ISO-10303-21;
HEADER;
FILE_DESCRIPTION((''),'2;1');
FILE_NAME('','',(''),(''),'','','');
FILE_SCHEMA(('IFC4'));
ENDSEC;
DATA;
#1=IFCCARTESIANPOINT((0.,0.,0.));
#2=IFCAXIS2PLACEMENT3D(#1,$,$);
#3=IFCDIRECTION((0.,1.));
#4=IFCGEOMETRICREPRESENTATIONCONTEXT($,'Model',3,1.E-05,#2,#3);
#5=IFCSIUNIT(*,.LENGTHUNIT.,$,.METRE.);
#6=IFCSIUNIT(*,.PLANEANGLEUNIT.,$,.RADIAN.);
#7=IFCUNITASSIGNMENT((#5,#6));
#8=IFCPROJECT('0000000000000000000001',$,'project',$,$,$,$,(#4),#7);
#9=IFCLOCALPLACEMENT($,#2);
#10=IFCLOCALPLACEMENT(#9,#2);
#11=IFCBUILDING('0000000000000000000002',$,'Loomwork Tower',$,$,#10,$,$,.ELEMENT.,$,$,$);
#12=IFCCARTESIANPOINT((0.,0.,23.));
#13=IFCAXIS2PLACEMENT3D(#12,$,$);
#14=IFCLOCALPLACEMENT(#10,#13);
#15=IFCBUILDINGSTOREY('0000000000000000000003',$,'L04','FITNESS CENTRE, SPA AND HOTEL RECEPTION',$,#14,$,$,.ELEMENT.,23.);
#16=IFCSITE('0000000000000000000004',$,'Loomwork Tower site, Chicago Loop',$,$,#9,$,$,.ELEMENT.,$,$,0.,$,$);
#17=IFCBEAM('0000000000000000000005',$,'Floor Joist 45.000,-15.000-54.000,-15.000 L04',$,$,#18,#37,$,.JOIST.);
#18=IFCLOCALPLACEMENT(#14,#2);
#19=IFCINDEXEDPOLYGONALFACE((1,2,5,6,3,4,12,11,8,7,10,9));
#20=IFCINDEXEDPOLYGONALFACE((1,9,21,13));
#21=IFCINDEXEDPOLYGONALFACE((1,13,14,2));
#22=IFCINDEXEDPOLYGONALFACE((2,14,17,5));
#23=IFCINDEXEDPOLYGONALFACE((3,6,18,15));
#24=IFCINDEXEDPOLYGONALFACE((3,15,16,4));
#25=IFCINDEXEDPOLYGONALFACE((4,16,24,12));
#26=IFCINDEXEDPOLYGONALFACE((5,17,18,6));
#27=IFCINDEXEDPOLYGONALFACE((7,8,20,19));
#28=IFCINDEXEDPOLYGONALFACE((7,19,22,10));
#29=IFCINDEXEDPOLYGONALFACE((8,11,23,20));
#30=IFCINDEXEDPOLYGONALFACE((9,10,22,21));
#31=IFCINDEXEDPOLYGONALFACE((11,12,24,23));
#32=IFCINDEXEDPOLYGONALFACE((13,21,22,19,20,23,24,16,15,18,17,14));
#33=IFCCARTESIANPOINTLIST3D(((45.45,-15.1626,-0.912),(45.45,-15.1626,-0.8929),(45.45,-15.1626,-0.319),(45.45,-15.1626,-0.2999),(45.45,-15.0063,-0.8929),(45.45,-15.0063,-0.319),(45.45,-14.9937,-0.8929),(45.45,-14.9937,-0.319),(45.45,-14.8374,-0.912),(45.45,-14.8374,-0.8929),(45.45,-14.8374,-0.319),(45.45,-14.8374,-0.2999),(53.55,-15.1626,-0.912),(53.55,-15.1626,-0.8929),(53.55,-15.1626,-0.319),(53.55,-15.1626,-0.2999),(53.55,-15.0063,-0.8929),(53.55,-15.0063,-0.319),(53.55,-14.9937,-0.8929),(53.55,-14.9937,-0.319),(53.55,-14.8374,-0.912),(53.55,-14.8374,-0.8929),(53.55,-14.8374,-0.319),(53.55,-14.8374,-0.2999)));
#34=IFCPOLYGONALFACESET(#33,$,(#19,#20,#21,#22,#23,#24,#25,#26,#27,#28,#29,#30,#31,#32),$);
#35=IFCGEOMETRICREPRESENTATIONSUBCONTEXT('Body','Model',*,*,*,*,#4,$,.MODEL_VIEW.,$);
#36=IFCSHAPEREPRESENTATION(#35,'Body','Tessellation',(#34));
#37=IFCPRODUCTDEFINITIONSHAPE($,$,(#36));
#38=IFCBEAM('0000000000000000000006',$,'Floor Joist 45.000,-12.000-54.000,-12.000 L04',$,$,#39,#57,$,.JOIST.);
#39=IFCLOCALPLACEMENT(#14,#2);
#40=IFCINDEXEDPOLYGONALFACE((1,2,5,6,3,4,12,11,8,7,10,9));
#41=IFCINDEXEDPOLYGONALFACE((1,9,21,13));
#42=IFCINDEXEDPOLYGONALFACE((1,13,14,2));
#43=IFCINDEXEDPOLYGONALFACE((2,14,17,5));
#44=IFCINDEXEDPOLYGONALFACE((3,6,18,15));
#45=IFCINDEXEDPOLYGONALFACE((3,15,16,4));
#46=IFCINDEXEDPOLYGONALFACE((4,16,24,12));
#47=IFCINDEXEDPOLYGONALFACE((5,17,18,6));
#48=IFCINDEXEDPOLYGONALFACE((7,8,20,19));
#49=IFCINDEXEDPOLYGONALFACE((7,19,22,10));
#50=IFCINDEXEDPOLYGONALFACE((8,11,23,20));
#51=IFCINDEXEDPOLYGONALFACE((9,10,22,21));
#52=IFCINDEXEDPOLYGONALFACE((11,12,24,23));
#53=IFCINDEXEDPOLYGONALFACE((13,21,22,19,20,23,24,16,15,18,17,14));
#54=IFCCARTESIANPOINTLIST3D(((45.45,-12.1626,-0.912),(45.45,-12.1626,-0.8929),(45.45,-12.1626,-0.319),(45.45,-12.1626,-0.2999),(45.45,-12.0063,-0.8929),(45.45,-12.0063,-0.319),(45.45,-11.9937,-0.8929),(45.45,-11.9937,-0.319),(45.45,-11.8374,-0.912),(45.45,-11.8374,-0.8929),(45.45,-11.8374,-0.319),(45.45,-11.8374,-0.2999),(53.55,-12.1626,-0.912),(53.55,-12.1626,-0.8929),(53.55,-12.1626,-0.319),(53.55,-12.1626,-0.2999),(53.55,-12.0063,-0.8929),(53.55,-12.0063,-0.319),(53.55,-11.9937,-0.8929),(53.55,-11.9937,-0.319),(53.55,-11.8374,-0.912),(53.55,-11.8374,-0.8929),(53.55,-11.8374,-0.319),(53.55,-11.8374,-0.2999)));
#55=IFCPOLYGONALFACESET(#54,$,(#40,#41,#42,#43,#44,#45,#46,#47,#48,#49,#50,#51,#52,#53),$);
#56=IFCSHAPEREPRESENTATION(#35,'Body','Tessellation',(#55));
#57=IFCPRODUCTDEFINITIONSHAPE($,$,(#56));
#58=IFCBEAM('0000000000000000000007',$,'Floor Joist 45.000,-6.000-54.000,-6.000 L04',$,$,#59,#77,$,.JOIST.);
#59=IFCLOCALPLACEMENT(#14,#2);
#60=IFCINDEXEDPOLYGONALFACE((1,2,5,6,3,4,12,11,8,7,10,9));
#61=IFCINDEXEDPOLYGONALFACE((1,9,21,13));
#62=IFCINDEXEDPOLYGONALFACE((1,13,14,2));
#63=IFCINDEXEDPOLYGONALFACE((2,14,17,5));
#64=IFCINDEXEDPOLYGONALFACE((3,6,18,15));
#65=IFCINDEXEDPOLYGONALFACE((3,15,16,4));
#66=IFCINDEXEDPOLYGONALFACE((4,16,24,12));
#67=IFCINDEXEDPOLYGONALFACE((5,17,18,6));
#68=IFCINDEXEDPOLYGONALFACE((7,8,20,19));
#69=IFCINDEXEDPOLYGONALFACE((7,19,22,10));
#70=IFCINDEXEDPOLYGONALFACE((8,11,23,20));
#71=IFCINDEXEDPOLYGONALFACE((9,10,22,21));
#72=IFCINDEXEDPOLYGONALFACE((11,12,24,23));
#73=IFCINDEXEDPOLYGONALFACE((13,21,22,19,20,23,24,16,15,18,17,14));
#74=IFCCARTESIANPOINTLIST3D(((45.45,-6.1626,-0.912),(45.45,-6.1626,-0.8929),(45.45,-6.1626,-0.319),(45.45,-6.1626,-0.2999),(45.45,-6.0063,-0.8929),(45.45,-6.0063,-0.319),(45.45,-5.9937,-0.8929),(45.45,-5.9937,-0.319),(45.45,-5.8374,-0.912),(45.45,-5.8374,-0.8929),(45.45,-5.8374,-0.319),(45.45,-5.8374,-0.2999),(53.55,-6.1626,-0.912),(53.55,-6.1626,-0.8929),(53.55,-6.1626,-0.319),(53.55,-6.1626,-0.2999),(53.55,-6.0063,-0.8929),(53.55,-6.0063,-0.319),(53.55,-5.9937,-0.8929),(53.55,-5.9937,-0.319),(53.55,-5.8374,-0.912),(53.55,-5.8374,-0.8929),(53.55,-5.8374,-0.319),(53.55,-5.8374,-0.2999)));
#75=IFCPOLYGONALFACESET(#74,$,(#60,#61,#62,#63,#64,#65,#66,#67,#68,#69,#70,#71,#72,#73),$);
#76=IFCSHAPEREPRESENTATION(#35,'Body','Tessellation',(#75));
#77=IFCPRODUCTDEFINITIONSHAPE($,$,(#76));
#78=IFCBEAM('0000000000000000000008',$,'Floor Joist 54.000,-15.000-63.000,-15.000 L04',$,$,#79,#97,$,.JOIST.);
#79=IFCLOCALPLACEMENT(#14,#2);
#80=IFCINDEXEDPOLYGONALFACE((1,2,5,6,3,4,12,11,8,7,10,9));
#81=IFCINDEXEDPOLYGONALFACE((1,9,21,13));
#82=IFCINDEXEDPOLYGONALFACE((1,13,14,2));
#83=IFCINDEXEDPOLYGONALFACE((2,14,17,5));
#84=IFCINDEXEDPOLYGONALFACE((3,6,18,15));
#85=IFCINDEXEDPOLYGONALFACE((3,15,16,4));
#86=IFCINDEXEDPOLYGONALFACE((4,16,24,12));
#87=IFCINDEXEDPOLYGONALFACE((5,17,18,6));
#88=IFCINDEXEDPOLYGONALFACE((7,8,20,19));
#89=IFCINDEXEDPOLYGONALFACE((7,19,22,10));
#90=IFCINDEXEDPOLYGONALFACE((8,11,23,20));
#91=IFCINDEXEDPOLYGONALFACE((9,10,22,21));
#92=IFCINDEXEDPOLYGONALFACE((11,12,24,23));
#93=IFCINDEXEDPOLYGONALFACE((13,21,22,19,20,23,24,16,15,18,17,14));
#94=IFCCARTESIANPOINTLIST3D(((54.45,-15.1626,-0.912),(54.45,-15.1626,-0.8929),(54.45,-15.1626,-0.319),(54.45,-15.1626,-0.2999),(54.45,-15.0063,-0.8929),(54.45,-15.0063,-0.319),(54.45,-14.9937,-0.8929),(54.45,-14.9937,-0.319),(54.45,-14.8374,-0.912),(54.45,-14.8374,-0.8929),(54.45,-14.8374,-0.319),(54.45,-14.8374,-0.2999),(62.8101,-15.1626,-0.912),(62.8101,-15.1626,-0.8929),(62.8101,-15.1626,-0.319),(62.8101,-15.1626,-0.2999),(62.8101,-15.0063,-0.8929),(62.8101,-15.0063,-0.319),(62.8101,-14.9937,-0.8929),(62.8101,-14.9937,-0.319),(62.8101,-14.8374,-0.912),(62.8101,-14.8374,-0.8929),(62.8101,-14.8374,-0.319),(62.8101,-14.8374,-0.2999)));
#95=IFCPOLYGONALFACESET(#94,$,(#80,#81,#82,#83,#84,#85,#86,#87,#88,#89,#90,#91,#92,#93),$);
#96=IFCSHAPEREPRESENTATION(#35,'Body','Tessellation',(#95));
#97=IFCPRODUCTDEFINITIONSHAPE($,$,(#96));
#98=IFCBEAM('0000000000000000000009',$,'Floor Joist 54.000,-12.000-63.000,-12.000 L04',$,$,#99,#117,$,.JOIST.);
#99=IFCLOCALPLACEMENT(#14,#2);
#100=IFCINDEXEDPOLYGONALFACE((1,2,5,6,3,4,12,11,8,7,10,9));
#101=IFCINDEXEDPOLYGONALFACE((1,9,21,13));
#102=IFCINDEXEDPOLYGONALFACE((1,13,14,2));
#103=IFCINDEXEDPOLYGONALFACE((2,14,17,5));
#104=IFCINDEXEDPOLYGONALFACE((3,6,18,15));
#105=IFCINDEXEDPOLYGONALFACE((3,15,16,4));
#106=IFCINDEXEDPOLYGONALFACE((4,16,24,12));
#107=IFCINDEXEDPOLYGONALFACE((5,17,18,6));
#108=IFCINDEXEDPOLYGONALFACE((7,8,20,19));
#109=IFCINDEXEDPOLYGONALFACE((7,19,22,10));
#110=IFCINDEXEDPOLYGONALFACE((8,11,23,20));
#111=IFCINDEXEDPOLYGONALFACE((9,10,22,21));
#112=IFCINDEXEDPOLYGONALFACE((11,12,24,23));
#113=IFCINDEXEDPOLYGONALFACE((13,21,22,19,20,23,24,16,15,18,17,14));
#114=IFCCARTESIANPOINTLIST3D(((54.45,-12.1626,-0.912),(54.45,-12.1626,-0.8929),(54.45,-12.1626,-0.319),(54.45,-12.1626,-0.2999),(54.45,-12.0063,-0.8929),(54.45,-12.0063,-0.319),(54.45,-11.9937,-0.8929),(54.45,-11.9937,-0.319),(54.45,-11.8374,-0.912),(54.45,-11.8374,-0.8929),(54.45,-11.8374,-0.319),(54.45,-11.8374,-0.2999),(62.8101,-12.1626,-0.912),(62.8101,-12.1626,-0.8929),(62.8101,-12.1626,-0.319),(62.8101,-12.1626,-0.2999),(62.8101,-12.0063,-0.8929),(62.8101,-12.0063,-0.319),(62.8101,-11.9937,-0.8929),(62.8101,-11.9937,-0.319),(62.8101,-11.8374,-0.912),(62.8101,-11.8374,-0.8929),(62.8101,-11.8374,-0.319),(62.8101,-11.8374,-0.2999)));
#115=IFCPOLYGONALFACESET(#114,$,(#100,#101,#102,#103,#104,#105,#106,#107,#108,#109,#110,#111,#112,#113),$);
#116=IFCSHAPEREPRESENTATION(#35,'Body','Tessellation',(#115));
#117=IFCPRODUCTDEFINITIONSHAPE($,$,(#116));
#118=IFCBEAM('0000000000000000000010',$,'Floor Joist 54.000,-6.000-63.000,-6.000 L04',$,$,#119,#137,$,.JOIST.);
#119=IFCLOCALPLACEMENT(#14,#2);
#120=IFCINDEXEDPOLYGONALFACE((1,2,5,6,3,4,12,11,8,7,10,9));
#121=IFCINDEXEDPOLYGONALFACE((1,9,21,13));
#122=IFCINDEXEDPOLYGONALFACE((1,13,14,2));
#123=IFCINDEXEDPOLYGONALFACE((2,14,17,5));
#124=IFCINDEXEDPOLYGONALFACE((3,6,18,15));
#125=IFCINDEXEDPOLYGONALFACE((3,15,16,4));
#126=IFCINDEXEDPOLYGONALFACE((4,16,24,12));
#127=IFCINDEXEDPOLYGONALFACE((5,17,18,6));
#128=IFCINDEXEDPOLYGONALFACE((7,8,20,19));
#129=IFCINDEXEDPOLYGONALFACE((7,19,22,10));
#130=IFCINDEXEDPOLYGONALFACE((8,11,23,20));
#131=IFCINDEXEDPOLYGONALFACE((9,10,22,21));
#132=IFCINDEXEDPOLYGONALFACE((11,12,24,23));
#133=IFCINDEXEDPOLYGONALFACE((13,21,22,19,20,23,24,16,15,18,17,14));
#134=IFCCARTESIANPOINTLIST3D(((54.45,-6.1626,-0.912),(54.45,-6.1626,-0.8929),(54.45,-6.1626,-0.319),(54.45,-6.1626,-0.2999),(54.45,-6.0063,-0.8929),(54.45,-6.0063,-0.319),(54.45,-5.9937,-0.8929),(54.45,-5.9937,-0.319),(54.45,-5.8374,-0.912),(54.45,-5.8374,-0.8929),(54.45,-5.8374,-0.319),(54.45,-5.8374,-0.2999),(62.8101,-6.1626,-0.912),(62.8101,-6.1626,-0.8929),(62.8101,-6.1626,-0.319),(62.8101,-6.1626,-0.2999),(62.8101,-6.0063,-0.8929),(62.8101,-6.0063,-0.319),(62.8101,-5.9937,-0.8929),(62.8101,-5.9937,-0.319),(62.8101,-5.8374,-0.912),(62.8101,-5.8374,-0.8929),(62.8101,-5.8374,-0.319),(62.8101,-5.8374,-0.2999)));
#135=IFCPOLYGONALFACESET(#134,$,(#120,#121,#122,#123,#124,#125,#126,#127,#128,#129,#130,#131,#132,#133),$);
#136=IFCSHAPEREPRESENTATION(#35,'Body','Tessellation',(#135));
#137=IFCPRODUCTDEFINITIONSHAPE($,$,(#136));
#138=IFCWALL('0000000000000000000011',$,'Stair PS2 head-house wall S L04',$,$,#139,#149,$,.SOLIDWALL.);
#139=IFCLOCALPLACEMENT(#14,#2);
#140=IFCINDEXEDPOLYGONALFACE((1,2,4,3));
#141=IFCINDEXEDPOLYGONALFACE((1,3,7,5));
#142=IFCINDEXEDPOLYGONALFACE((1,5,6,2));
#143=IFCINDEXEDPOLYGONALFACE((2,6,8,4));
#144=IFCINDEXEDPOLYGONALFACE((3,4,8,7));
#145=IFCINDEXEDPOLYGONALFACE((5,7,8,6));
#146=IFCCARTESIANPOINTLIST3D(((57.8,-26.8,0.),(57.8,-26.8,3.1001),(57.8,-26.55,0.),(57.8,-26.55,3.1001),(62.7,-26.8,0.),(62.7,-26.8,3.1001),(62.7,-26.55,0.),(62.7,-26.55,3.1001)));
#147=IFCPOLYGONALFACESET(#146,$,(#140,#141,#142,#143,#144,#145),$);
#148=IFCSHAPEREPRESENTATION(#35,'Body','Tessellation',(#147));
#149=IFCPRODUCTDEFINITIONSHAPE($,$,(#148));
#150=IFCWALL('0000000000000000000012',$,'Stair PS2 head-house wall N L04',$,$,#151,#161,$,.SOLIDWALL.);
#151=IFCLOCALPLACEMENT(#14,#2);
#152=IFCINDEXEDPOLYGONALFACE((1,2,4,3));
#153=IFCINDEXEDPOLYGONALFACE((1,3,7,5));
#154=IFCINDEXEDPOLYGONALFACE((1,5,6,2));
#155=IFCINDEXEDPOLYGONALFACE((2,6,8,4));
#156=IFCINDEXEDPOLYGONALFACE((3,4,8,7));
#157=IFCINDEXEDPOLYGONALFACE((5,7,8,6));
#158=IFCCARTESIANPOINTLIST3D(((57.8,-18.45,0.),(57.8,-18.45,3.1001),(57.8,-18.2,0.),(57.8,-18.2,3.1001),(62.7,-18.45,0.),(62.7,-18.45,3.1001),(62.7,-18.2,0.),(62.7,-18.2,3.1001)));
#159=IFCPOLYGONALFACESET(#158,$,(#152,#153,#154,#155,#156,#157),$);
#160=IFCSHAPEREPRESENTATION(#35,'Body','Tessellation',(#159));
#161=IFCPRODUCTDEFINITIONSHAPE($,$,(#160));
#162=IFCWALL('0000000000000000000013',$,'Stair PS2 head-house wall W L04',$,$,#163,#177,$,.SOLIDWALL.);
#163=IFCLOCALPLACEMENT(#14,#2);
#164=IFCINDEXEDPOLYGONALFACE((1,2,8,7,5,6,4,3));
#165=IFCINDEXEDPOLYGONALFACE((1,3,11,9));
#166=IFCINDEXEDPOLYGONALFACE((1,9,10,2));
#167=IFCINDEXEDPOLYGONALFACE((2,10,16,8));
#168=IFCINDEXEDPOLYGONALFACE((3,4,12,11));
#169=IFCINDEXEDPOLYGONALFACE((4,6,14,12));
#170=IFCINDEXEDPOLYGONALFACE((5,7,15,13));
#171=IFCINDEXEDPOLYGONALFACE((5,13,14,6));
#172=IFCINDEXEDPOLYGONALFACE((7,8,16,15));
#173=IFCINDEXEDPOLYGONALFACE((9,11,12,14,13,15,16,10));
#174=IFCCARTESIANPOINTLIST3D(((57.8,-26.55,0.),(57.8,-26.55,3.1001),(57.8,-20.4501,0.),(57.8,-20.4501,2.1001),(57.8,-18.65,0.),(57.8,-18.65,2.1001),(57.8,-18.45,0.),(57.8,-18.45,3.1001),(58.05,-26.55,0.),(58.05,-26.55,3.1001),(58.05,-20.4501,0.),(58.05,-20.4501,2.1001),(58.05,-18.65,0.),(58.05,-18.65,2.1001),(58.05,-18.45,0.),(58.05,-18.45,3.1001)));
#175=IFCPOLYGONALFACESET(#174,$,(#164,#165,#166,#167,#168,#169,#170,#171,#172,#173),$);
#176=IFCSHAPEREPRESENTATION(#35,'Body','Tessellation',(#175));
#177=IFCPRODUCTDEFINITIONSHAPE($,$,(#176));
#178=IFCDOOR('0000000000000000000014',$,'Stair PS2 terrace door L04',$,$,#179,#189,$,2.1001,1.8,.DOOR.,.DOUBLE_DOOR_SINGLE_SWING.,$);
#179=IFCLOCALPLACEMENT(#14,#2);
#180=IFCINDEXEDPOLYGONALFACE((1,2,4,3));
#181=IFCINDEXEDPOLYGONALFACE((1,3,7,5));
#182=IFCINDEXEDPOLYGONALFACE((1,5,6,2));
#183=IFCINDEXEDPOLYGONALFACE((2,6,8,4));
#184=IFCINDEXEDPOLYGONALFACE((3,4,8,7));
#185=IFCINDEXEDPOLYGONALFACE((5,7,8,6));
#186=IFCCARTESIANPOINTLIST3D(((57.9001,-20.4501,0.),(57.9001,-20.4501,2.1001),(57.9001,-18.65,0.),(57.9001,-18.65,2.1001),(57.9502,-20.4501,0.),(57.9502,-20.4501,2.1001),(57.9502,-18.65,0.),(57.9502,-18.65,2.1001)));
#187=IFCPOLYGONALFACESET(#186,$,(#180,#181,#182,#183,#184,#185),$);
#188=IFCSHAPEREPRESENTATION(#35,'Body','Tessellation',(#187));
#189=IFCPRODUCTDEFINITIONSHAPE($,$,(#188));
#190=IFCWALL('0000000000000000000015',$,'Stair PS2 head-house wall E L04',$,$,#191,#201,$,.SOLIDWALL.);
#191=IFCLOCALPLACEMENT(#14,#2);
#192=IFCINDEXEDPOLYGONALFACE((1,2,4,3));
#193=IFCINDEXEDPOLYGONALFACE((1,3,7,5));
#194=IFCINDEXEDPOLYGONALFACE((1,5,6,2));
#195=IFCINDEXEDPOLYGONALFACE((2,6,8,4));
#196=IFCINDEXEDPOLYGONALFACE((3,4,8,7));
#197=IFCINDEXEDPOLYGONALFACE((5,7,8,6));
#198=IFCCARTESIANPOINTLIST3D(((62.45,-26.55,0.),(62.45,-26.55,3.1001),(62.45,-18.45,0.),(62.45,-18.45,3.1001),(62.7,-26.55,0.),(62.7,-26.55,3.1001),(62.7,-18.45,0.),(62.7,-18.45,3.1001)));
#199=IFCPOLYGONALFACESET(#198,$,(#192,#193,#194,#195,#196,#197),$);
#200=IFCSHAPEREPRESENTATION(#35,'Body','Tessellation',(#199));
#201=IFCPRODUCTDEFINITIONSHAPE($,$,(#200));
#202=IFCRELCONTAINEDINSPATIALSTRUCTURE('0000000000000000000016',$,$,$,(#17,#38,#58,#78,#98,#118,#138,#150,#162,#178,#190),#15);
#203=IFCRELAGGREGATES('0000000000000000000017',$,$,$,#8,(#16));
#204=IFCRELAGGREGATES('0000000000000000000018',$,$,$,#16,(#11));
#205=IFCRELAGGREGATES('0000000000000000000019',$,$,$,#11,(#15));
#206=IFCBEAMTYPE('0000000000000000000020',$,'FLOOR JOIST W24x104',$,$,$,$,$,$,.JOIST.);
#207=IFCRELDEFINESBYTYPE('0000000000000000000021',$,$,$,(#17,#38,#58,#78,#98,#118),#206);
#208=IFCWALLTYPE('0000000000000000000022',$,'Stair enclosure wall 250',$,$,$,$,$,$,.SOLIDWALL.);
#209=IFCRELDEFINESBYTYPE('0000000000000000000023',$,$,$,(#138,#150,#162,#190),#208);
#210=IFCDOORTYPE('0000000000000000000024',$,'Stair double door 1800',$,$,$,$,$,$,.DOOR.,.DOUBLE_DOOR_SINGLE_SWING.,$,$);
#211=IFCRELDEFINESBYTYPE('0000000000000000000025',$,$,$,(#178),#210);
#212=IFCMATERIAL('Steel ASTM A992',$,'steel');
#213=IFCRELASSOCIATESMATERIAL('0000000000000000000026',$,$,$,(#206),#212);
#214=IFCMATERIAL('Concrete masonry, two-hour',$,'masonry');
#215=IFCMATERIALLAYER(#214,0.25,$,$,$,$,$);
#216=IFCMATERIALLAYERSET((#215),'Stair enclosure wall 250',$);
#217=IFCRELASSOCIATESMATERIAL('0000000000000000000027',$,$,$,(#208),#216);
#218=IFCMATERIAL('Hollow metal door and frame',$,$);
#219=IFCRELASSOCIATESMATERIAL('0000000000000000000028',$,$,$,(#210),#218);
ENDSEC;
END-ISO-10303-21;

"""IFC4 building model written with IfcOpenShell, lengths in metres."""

from ifc_helpers import new_model, si_unit, direction, frame, frame_2d, origin, origin_2d, place, context, subcontext, project, spatial, rectangle, i_section, extrude, material, layer, layer_set, material_profile, profile_set, type_object, element, fill, save


model = new_model("IFC4")

# Units and contexts
model_context = context("Model", 3, precision=1e-05, world=origin(), true_north=direction((0.0, 1.0)))
body_context = subcontext(model_context, "Body", "Model", "MODEL_VIEW")
ifc_project = project(units=[si_unit("LENGTHUNIT", "METRE"), si_unit("PLANEANGLEUNIT", "RADIAN")], contexts=[model_context])

# Site, building, storey
site_placement = place(None, origin())
site = spatial("IfcSite", under=ifc_project, at=site_placement, Name="Loomwork Tower site, Chicago Loop", CompositionType="ELEMENT", RefElevation=0.0)
building_placement = place(site_placement, origin())
building = spatial("IfcBuilding", under=site, at=building_placement, Name="Loomwork Tower", CompositionType="ELEMENT")
storey_placement = place(building_placement, frame((0.0, 0.0, 23.0)))
storey = spatial("IfcBuildingStorey", under=building, at=storey_placement, Name="L04", Description="FITNESS CENTRE, SPA AND HOTEL RECEPTION", CompositionType="ELEMENT", Elevation=23.0)

# Beams
ifc_material_1 = material(Name="Steel ASTM A992", Category="steel")
ifc_material_profile_1 = material_profile(ifc_material_1, i_section(OverallWidth=0.3252, OverallDepth=0.6121, WebThickness=0.0127, FlangeThickness=0.019, at=origin_2d()), Name="W24x104")
ifc_profile_set_1 = profile_set([ifc_material_profile_1], Name="Steel ASTM A992")
beam_type_1 = type_object("IfcBeamType", Name="FLOOR JOIST W24x104", PredefinedType="JOIST", material=ifc_profile_set_1)
for number, where, z_axis, x_axis, name in (
    (1, (45.45, -15.0, -0.606), (1.0, 0.0, 0.0), (0.0, 1.0, 0.0), "Floor Joist 45.000,-15.000-54.000,-15.000 L04"),
    (2, (45.45, -12.0, -0.606), (1.0, 0.0, 0.0), (0.0, 1.0, 0.0), "Floor Joist 45.000,-12.000-54.000,-12.000 L04"),
    (3, (45.45, -6.0, -0.606), (1.0, 0.0, 0.0), (0.0, 1.0, 0.0), "Floor Joist 45.000,-6.000-54.000,-6.000 L04"),
):
    element("IfcBeam", number, at=place(storey_placement, frame(where, z_axis=z_axis, x_axis=x_axis)), inside=storey, type_object=beam_type_1, Name=name, PredefinedType="JOIST", context=body_context, shape_type="SweptSolid", body=[
        extrude(i_section(OverallWidth=0.3252, OverallDepth=0.6121, WebThickness=0.0127, FlangeThickness=0.019, at=origin_2d()), origin(), (0.0, 0.0, 1.0), 8.1001),
    ])
for number, where, z_axis, x_axis, name in (
    (4, (54.45, -15.0, -0.606), (1.0, 0.0, 0.0), (0.0, 1.0, 0.0), "Floor Joist 54.000,-15.000-63.000,-15.000 L04"),
    (5, (54.45, -12.0, -0.606), (1.0, 0.0, 0.0), (0.0, 1.0, 0.0), "Floor Joist 54.000,-12.000-63.000,-12.000 L04"),
    (6, (54.45, -6.0, -0.606), (1.0, 0.0, 0.0), (0.0, 1.0, 0.0), "Floor Joist 54.000,-6.000-63.000,-6.000 L04"),
):
    element("IfcBeam", number, at=place(storey_placement, frame(where, z_axis=z_axis, x_axis=x_axis)), inside=storey, type_object=beam_type_1, Name=name, PredefinedType="JOIST", context=body_context, shape_type="SweptSolid", body=[
        extrude(i_section(OverallWidth=0.3252, OverallDepth=0.6121, WebThickness=0.0127, FlangeThickness=0.019, at=origin_2d()), origin(), (0.0, 0.0, 1.0), 8.3601),
    ])

# Walls
ifc_material_2 = material(Name="Concrete masonry, two-hour", Category="masonry")
ifc_layer = layer(ifc_material_2, 0.25)
ifc_layer_set = layer_set([ifc_layer], Name="Stair enclosure wall 250")
wall_type = type_object("IfcWallType", Name="Stair enclosure wall 250", PredefinedType="SOLIDWALL", material=ifc_layer_set)
for number, where, z_axis, x_axis, name in (
    (7, (57.8, -26.675, 0.0), (0.0, 0.0, 1.0), (1.0, 0.0, 0.0), "Stair PS2 head-house wall S L04"),
    (8, (57.8, -18.325, 0.0), (0.0, 0.0, 1.0), (1.0, 0.0, 0.0), "Stair PS2 head-house wall N L04"),
):
    element("IfcWall", number, at=place(storey_placement, frame(where, z_axis=z_axis, x_axis=x_axis)), inside=storey, type_object=wall_type, Name=name, PredefinedType="SOLIDWALL", context=body_context, shape_type="SweptSolid", body=[
        extrude(rectangle(XDim=4.8999, YDim=0.25, at=frame_2d((2.45, 0.0))), origin(), (0.0, 0.0, 1.0), 3.1001),
    ])

# Wall, opening, door
wall_1_placement = place(storey_placement, frame((57.925, -26.55, 0.0), z_axis=(0.0, 0.0, 1.0), x_axis=(0.0, 1.0, 0.0)))
wall_1 = element("IfcWall", 9, at=wall_1_placement, inside=storey, type_object=wall_type, Name="Stair PS2 head-house wall W L04", PredefinedType="SOLIDWALL", context=body_context, shape_type="SweptSolid", body=[
    extrude(rectangle(XDim=8.1001, YDim=0.25, at=frame_2d((4.05, 0.0))), origin(), (0.0, 0.0, 1.0), 3.1001),
])
opening_placement = place(wall_1_placement, frame((6.1001, 0.0, 0.0)))
opening = element("IfcOpeningElement", 10, at=opening_placement, cuts=wall_1, PredefinedType="OPENING", context=body_context, shape_type="SweptSolid", body=[
    extrude(rectangle(XDim=1.8, YDim=2.1001, at=frame_2d((0.8999, 1.05))), frame((0.0, 0.135, 0.0), z_axis=(0.0, -1.0, 0.0), x_axis=(1.0, 0.0, 0.0)), (0.0, 0.0, 1.0), 0.27),
])
ifc_material_3 = material(Name="Hollow metal door and frame")
door_type = type_object("IfcDoorType", Name="Stair double door 1800", OperationType="DOUBLE_DOOR_SINGLE_SWING", PredefinedType="DOOR", material=ifc_material_3)
door_placement = place(opening_placement, origin())
door = element("IfcDoor", 11, at=door_placement, inside=storey, type_object=door_type, Name="Stair PS2 terrace door L04", OperationType="DOUBLE_DOOR_SINGLE_SWING", OverallHeight=2.1001, OverallWidth=1.8, PredefinedType="DOOR", context=body_context, shape_type="SweptSolid", body=[
    extrude(rectangle(XDim=1.8, YDim=2.1001, at=frame_2d((0.8999, 1.05))), frame((0.0, 0.0249, 0.0), z_axis=(0.0, -1.0, 0.0), x_axis=(1.0, 0.0, 0.0)), (0.0, 0.0, 1.0), 0.05),
])
fill(opening, door)

# Wall
wall_2_placement = place(storey_placement, frame((62.575, -26.55, 0.0), z_axis=(0.0, 0.0, 1.0), x_axis=(0.0, 1.0, 0.0)))
element("IfcWall", 12, at=wall_2_placement, inside=storey, type_object=wall_type, Name="Stair PS2 head-house wall E L04", PredefinedType="SOLIDWALL", context=body_context, shape_type="SweptSolid", body=[
    extrude(rectangle(XDim=8.1001, YDim=0.25, at=frame_2d((4.05, 0.0))), origin(), (0.0, 0.0, 1.0), 3.1001),
])

save(model, "model.ifc")
